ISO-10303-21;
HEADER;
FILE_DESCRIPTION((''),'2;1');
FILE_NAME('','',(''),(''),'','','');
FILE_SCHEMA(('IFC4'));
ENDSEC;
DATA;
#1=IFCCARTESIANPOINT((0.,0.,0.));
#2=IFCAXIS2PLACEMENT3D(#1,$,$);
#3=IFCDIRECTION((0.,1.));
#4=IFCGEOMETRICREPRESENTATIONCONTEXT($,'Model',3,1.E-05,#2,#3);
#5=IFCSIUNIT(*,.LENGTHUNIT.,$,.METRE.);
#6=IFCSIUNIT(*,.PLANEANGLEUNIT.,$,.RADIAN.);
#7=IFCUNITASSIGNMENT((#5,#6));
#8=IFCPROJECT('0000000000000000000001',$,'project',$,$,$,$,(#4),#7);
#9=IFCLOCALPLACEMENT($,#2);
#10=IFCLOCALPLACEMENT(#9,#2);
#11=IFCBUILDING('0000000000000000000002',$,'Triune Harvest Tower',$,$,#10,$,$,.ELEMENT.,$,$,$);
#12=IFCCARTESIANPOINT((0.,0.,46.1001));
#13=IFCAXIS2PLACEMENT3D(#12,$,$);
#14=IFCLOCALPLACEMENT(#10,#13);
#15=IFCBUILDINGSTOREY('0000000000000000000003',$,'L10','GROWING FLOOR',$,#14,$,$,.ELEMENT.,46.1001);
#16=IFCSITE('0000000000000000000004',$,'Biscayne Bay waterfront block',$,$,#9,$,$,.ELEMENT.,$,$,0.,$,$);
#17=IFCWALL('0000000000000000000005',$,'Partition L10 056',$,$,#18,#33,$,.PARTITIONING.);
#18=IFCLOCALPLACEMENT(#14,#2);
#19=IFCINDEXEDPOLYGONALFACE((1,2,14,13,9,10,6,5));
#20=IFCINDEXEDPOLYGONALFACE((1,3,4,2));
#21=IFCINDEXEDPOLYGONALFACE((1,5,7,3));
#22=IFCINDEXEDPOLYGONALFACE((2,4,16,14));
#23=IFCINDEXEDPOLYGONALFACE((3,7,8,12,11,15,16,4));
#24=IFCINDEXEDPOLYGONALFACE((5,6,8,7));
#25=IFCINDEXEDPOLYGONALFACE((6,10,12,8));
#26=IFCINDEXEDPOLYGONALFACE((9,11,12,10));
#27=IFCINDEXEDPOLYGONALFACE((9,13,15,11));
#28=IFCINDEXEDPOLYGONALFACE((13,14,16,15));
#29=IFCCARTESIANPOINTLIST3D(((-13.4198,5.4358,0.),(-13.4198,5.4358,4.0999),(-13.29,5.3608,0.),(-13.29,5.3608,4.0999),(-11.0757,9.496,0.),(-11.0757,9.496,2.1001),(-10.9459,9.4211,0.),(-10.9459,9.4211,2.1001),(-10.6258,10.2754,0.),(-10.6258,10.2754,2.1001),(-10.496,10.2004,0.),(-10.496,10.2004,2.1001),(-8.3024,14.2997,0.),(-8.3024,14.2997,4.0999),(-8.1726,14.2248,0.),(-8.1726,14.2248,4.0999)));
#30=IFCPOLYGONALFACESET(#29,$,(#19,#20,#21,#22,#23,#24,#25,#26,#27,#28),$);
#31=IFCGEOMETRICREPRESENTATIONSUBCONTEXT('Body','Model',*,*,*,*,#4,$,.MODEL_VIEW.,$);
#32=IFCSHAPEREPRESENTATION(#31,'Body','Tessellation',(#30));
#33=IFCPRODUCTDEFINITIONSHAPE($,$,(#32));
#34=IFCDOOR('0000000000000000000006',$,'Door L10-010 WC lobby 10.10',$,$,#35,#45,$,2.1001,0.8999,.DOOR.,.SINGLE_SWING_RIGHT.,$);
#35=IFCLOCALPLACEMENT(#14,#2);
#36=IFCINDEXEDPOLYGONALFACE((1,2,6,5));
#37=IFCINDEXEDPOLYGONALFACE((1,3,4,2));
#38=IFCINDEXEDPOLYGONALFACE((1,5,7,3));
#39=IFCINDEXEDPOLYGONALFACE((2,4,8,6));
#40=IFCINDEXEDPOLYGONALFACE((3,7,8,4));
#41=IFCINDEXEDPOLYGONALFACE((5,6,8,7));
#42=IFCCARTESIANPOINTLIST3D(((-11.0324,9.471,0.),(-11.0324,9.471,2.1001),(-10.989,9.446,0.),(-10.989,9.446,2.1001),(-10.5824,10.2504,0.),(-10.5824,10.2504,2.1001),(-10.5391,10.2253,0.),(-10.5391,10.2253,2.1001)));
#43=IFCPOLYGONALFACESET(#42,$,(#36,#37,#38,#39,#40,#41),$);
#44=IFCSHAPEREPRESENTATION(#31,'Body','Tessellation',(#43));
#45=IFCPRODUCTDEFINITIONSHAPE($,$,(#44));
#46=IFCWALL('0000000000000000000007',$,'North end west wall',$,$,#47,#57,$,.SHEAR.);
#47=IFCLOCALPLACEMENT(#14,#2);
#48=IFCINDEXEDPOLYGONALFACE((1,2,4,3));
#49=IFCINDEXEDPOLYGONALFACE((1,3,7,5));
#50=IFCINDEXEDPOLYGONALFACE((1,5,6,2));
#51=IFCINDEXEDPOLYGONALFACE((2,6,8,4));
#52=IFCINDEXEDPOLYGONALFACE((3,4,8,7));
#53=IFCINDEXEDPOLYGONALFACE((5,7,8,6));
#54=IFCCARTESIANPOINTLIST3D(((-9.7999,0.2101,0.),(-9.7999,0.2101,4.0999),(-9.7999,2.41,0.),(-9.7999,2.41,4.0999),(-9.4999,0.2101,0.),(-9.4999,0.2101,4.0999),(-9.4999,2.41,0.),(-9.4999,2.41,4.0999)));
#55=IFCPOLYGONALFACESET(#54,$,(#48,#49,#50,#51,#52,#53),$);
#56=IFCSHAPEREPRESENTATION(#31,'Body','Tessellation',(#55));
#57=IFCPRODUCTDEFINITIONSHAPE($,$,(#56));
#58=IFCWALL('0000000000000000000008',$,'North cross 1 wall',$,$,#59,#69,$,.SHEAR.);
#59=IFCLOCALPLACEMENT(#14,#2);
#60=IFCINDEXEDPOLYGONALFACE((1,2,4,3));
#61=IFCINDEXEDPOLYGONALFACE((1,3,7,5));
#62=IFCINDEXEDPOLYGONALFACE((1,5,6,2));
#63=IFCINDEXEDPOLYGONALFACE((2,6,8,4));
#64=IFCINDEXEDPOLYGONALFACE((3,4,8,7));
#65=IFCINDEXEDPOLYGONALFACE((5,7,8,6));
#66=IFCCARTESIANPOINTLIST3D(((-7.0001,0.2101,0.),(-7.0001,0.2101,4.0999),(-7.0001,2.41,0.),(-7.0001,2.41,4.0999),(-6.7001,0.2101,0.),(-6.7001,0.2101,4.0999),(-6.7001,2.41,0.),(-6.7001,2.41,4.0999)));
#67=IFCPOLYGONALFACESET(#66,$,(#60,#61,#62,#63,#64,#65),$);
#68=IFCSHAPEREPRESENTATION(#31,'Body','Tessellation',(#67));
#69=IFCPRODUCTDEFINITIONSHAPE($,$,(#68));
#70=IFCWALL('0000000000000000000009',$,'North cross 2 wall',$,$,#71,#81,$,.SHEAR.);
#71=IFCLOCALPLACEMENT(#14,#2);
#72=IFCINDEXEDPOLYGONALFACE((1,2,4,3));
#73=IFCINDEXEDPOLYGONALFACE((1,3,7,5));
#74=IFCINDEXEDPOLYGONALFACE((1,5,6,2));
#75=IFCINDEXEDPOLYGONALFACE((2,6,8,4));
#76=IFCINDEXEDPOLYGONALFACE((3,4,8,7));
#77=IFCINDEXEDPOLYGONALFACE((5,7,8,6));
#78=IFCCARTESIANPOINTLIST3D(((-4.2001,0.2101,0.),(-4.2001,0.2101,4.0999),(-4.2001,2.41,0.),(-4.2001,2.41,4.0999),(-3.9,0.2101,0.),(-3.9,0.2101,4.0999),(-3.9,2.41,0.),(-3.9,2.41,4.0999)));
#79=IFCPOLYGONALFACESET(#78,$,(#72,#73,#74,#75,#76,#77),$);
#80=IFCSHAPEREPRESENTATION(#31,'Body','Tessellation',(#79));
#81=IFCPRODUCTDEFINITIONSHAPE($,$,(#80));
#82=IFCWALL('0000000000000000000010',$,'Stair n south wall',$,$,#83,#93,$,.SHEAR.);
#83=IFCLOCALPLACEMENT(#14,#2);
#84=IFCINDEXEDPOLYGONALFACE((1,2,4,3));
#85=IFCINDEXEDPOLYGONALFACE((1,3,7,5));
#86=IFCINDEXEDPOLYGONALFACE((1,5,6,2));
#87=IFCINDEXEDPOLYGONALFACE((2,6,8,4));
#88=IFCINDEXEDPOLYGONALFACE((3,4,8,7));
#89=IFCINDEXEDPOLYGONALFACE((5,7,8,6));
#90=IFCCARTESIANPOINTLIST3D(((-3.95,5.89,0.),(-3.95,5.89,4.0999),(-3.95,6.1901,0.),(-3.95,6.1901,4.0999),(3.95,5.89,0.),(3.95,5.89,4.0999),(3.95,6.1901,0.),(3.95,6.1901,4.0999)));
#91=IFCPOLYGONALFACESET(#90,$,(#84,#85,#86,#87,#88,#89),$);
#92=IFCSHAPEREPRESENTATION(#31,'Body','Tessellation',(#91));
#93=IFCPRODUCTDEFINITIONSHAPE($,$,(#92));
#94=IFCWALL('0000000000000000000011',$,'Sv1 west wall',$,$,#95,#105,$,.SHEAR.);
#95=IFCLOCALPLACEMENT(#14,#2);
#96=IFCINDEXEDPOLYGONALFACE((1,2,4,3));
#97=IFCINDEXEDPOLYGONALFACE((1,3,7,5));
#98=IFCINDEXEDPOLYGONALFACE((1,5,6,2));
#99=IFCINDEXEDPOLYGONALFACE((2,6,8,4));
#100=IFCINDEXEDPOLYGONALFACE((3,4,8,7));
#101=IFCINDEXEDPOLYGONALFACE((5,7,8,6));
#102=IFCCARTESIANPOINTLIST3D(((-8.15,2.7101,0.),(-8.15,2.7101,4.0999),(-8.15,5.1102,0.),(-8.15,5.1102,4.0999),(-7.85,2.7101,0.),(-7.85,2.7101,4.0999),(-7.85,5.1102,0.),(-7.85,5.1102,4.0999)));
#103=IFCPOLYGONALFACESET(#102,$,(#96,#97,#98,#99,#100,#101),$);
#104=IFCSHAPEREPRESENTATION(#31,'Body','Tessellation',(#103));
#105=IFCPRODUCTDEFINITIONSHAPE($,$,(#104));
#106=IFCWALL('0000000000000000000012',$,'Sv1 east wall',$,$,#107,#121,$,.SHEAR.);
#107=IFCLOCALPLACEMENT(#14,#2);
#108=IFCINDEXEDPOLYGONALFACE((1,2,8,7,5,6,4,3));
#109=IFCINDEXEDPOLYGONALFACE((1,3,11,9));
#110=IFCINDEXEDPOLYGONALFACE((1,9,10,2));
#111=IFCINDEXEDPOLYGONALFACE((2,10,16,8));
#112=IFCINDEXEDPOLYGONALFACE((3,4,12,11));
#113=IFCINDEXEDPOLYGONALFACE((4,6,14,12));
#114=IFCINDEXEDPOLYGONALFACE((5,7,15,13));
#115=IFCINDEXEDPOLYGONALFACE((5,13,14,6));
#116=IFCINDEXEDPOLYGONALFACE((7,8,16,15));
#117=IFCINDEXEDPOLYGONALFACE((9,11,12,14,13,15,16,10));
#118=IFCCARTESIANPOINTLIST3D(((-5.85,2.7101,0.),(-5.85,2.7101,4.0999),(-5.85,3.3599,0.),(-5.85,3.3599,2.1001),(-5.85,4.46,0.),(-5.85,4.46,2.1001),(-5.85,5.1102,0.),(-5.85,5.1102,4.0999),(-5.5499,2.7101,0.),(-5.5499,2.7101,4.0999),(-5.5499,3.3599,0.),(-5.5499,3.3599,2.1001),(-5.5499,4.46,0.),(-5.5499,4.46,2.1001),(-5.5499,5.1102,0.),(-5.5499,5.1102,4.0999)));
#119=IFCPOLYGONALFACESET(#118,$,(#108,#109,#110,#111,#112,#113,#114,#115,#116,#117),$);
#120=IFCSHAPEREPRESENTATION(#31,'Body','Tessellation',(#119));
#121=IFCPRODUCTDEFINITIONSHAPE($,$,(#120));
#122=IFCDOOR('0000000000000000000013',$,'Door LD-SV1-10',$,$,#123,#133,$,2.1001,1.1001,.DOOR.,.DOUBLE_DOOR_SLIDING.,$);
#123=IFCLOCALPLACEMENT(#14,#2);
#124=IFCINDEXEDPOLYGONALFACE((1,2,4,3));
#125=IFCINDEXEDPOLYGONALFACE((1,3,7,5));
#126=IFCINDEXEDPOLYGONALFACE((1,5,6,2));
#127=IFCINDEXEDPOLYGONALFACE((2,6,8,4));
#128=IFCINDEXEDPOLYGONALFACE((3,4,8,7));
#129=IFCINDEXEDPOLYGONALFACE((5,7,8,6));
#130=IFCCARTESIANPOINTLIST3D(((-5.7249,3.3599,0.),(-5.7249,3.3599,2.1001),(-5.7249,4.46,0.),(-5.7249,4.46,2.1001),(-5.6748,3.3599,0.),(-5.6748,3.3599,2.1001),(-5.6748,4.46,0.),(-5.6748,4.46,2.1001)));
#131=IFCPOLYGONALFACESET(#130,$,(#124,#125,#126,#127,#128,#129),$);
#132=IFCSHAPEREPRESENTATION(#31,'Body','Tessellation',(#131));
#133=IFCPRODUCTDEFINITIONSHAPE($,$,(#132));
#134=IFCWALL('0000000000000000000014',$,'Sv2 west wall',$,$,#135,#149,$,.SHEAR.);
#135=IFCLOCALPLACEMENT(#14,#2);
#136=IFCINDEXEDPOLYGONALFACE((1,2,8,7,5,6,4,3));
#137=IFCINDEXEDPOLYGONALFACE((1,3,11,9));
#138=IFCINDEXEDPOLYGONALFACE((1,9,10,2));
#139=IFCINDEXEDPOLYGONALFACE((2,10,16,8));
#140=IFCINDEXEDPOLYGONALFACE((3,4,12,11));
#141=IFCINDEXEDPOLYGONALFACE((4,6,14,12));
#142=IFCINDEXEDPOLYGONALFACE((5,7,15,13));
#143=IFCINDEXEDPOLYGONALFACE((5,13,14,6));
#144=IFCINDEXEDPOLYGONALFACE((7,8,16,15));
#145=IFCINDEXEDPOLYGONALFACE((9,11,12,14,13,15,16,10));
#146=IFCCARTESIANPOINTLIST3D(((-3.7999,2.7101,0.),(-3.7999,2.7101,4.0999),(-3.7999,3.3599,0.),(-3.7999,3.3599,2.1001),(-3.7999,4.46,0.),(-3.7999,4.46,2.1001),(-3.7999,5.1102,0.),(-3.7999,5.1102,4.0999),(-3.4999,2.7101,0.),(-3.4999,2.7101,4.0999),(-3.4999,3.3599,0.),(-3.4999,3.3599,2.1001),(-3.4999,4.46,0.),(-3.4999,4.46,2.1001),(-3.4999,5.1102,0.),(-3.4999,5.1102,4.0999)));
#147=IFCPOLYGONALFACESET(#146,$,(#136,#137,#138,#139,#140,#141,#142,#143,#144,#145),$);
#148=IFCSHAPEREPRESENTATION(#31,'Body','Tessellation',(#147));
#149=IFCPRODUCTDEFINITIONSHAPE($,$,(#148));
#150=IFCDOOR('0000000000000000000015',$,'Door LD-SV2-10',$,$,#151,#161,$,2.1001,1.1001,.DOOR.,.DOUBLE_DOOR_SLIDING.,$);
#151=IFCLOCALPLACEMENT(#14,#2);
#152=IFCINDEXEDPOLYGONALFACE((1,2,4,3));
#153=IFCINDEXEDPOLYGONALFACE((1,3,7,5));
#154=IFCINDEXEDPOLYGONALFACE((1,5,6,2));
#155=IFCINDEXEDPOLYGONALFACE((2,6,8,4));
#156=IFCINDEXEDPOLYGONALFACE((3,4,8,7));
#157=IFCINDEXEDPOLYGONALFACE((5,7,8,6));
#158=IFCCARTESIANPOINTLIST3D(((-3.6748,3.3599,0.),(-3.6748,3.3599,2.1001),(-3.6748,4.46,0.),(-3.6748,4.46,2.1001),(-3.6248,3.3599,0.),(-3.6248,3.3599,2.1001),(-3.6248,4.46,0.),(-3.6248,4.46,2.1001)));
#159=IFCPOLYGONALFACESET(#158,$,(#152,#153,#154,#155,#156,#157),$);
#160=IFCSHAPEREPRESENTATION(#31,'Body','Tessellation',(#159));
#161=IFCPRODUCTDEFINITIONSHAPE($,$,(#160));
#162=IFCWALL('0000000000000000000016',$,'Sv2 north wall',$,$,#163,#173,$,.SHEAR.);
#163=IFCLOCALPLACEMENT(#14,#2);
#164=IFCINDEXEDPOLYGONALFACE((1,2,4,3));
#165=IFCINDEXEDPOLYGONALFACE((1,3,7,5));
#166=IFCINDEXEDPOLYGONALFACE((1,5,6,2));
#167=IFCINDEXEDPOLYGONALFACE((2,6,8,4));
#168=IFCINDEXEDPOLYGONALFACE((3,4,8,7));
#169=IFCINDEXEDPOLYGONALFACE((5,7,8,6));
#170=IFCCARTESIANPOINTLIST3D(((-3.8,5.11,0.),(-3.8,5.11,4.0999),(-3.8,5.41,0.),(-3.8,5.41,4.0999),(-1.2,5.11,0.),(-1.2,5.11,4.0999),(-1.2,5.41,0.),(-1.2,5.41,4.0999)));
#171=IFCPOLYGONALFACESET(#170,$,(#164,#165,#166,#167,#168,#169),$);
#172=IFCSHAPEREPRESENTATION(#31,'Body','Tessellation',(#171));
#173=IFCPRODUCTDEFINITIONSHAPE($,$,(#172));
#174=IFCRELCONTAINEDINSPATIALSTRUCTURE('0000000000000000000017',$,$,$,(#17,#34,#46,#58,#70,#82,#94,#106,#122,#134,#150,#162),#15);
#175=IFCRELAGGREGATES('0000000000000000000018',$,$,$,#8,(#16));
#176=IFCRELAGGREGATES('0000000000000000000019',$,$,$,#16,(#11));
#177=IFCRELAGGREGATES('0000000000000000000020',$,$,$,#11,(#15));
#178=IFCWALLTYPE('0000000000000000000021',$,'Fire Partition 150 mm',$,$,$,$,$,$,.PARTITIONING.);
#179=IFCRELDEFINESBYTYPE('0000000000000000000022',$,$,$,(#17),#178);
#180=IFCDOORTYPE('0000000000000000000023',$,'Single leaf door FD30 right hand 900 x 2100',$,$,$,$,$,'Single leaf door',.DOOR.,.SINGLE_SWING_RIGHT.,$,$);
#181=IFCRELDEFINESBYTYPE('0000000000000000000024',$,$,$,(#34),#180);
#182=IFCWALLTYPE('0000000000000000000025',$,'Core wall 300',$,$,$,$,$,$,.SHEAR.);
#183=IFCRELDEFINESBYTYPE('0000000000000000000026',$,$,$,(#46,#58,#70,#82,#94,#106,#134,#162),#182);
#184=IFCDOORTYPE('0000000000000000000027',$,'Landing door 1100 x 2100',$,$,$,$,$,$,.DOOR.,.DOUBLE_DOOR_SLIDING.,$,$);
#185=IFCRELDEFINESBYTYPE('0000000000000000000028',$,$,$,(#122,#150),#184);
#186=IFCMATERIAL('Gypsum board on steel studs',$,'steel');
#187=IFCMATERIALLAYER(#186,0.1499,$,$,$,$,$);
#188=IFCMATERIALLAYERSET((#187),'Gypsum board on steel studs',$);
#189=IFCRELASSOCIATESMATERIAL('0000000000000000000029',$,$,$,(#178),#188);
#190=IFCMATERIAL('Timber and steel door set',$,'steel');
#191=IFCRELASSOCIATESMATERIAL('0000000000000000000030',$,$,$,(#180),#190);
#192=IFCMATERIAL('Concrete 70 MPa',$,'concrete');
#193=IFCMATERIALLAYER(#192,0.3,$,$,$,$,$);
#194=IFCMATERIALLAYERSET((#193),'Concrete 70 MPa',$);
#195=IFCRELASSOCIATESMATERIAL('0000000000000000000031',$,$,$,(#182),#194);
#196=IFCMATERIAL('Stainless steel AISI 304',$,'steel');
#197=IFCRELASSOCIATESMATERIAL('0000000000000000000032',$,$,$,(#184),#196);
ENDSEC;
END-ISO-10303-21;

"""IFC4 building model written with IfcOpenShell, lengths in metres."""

from ifc_helpers import new_model, si_unit, direction, frame, frame_2d, origin, place, context, subcontext, project, spatial, rectangle, extrude, source, transform, mapped, material, layer, layer_set, type_object, element, fill, save


model = new_model("IFC4")

# Units and contexts
model_context = context("Model", 3, precision=1e-05, world=origin(), true_north=direction((0.0, 1.0)))
body_context = subcontext(model_context, "Body", "Model", "MODEL_VIEW")
ifc_project = project(units=[si_unit("LENGTHUNIT", "METRE"), si_unit("PLANEANGLEUNIT", "RADIAN")], contexts=[model_context])

# Site, building, storey
site_placement = place(None, origin())
site = spatial("IfcSite", under=ifc_project, at=site_placement, Name="Biscayne Bay waterfront block", CompositionType="ELEMENT", RefElevation=0.0)
building_placement = place(site_placement, origin())
building = spatial("IfcBuilding", under=site, at=building_placement, Name="Triune Harvest Tower", CompositionType="ELEMENT")
storey_placement = place(building_placement, frame((0.0, 0.0, 46.1001)))
storey = spatial("IfcBuildingStorey", under=building, at=storey_placement, Name="L10", Description="GROWING FLOOR", CompositionType="ELEMENT", Elevation=46.1001)

# Wall, opening, door
ifc_material_1 = material(Name="Gypsum board on steel studs", Category="steel")
ifc_layer_1 = layer(ifc_material_1, 0.1499)
ifc_layer_set_1 = layer_set([ifc_layer_1], Name="Gypsum board on steel studs")
wall_type_1 = type_object("IfcWallType", Name="Fire Partition 150 mm", PredefinedType="PARTITIONING", material=ifc_layer_set_1)
wall_1_placement = place(storey_placement, frame((-13.355, 5.3982, 0.0), z_axis=(0.0, 0.0, 1.0), x_axis=(0.499985, 0.866034, 0.0)))
wall_1 = element("IfcWall", 1, at=wall_1_placement, inside=storey, type_object=wall_type_1, Name="Partition L10 056", PredefinedType="PARTITIONING", context=body_context, shape_type="SweptSolid", body=[
    extrude(rectangle(XDim=10.2351, YDim=0.1499, at=frame_2d((5.1177, 0.0))), origin(), (0.0, 0.0, 1.0), 4.0999),
])
opening_1_placement = place(wall_1_placement, frame((4.6885, 0.0, 0.0)))
opening_1 = element("IfcOpeningElement", 2, at=opening_1_placement, cuts=wall_1, PredefinedType="OPENING", context=body_context, shape_type="SweptSolid", body=[
    extrude(rectangle(XDim=0.8999, YDim=2.1001, at=frame_2d((0.45, 1.05))), frame((0.0, 0.085, 0.0), z_axis=(0.0, -1.0, 0.0), x_axis=(1.0, 0.0, 0.0)), (0.0, 0.0, 1.0), 0.1699),
])
ifc_material_2 = material(Name="Timber and steel door set", Category="steel")
door_type_1 = type_object("IfcDoorType", Name="Single leaf door FD30 right hand 900 x 2100", ElementType="Single leaf door", OperationType="SINGLE_SWING_RIGHT", PredefinedType="DOOR", material=ifc_material_2)
door_1_placement = place(opening_1_placement, origin())
door_1 = element("IfcDoor", 3, at=door_1_placement, inside=storey, type_object=door_type_1, Name="Door L10-010 WC lobby 10.10", OperationType="SINGLE_SWING_RIGHT", OverallHeight=2.1001, OverallWidth=0.8999, PredefinedType="DOOR", context=body_context, shape_type="SweptSolid", body=[
    extrude(rectangle(XDim=0.8999, YDim=2.1001, at=frame_2d((0.45, 1.05))), frame((0.0, 0.0249, 0.0), z_axis=(0.0, -1.0, 0.0), x_axis=(1.0, 0.0, 0.0)), (0.0, 0.0, 1.0), 0.05),
])
fill(opening_1, door_1)

# Walls
ifc_material_3 = material(Name="Concrete 70 MPa", Category="concrete")
ifc_layer_2 = layer(ifc_material_3, 0.3)
ifc_layer_set_2 = layer_set([ifc_layer_2], Name="Concrete 70 MPa")
wall_type_2 = type_object("IfcWallType", Name="Core wall 300", PredefinedType="SHEAR", material=ifc_layer_set_2)
shared_shape_1 = source(origin(), body_context, "Body", "SweptSolid", [
    extrude(rectangle(XDim=2.2, YDim=0.3, at=frame_2d((1.1001, 0.0))), origin(), (0.0, 0.0, 1.0), 4.0999),
])
for number, where, z_axis, x_axis, name in (
    (4, (-9.6499, 0.21, 0.0), (0.0, 0.0, 1.0), (0.0, 1.0, 0.0), "North end west wall"),
    (5, (-6.8501, 0.21, 0.0), (0.0, 0.0, 1.0), (0.0, 1.0, 0.0), "North cross 1 wall"),
    (6, (-4.05, 0.21, 0.0), (0.0, 0.0, 1.0), (0.0, 1.0, 0.0), "North cross 2 wall"),
):
    element("IfcWall", number, at=place(storey_placement, frame(where, z_axis=z_axis, x_axis=x_axis)), inside=storey, type_object=wall_type_2, Name=name, PredefinedType="SHEAR", context=body_context, shape_type="MappedRepresentation", body=[
        mapped(shared_shape_1, transform((0.0, 0.0, 0.0), scale=1.0)),
    ])
shared_shape_2 = source(origin(), body_context, "Body", "SweptSolid", [
    extrude(rectangle(XDim=7.8999, YDim=0.3, at=frame_2d((3.95, 0.0))), origin(), (0.0, 0.0, 1.0), 4.0999),
])
wall_2_placement = place(storey_placement, frame((-3.95, 6.04, 0.0), z_axis=(0.0, 0.0, 1.0), x_axis=(1.0, 0.0, 0.0)))
element("IfcWall", 7, at=wall_2_placement, inside=storey, type_object=wall_type_2, Name="Stair n south wall", PredefinedType="SHEAR", context=body_context, shape_type="MappedRepresentation", body=[
    mapped(shared_shape_2, transform((0.0, 0.0, 0.0), scale=1.0)),
])
shared_shape_3 = source(origin(), body_context, "Body", "SweptSolid", [
    extrude(rectangle(XDim=2.4001, YDim=0.3, at=frame_2d((1.2002, 0.0))), origin(), (0.0, 0.0, 1.0), 4.0999),
])
wall_3_placement = place(storey_placement, frame((-8.0, 2.71, 0.0), z_axis=(0.0, 0.0, 1.0), x_axis=(0.0, 1.0, 0.0)))
element("IfcWall", 8, at=wall_3_placement, inside=storey, type_object=wall_type_2, Name="Sv1 west wall", PredefinedType="SHEAR", context=body_context, shape_type="MappedRepresentation", body=[
    mapped(shared_shape_3, transform((0.0, 0.0, 0.0), scale=1.0)),
])

# Walls, openings, doors
wall_4_placement = place(storey_placement, frame((-5.7, 2.71, 0.0), z_axis=(0.0, 0.0, 1.0), x_axis=(0.0, 1.0, 0.0)))
wall_4 = element("IfcWall", 9, at=wall_4_placement, inside=storey, type_object=wall_type_2, Name="Sv1 east wall", PredefinedType="SHEAR", context=body_context, shape_type="MappedRepresentation", body=[
    mapped(shared_shape_3, transform((0.0, 0.0, 0.0), scale=1.0)),
])
opening_2_placement = place(wall_4_placement, frame((0.6499, 0.0, 0.0)))
opening_2 = element("IfcOpeningElement", 10, at=opening_2_placement, cuts=wall_4, PredefinedType="OPENING", context=body_context, shape_type="SweptSolid", body=[
    extrude(rectangle(XDim=1.1001, YDim=2.1001, at=frame_2d((0.55, 1.05))), frame((0.0, 0.1602, 0.0), z_axis=(0.0, -1.0, 0.0), x_axis=(1.0, 0.0, 0.0)), (0.0, 0.0, 1.0), 0.3201),
])
ifc_material_4 = material(Name="Stainless steel AISI 304", Category="steel")
door_type_2 = type_object("IfcDoorType", Name="Landing door 1100 x 2100", OperationType="DOUBLE_DOOR_SLIDING", PredefinedType="DOOR", material=ifc_material_4)
door_2_placement = place(opening_2_placement, origin())
door_2 = element("IfcDoor", 11, at=door_2_placement, inside=storey, type_object=door_type_2, Name="Door LD-SV1-10", OperationType="DOUBLE_DOOR_SLIDING", OverallHeight=2.1001, OverallWidth=1.1001, PredefinedType="DOOR", context=body_context, shape_type="SweptSolid", body=[
    extrude(rectangle(XDim=1.1001, YDim=2.1001, at=frame_2d((0.55, 1.05))), frame((0.0, 0.0249, 0.0), z_axis=(0.0, -1.0, 0.0), x_axis=(1.0, 0.0, 0.0)), (0.0, 0.0, 1.0), 0.05),
])
fill(opening_2, door_2)
wall_5_placement = place(storey_placement, frame((-3.6499, 2.71, 0.0), z_axis=(0.0, 0.0, 1.0), x_axis=(0.0, 1.0, 0.0)))
wall_5 = element("IfcWall", 12, at=wall_5_placement, inside=storey, type_object=wall_type_2, Name="Sv2 west wall", PredefinedType="SHEAR", context=body_context, shape_type="MappedRepresentation", body=[
    mapped(shared_shape_3, transform((0.0, 0.0, 0.0), scale=1.0)),
])
opening_3_placement = place(wall_5_placement, frame((0.6499, 0.0, 0.0)))
opening_3 = element("IfcOpeningElement", 13, at=opening_3_placement, cuts=wall_5, PredefinedType="OPENING", context=body_context, shape_type="SweptSolid", body=[
    extrude(rectangle(XDim=1.1001, YDim=2.1001, at=frame_2d((0.55, 1.05))), frame((0.0, 0.1602, 0.0), z_axis=(0.0, -1.0, 0.0), x_axis=(1.0, 0.0, 0.0)), (0.0, 0.0, 1.0), 0.3201),
])
door_3_placement = place(opening_3_placement, origin())
door_3 = element("IfcDoor", 14, at=door_3_placement, inside=storey, type_object=door_type_2, Name="Door LD-SV2-10", OperationType="DOUBLE_DOOR_SLIDING", OverallHeight=2.1001, OverallWidth=1.1001, PredefinedType="DOOR", context=body_context, shape_type="SweptSolid", body=[
    extrude(rectangle(XDim=1.1001, YDim=2.1001, at=frame_2d((0.55, 1.05))), frame((0.0, 0.0249, 0.0), z_axis=(0.0, -1.0, 0.0), x_axis=(1.0, 0.0, 0.0)), (0.0, 0.0, 1.0), 0.05),
])
fill(opening_3, door_3)

# Wall
shared_shape_4 = source(origin(), body_context, "Body", "SweptSolid", [
    extrude(rectangle(XDim=2.6001, YDim=0.3, at=frame_2d((1.3, 0.0))), origin(), (0.0, 0.0, 1.0), 4.0999),
])
wall_6_placement = place(storey_placement, frame((-3.8, 5.26, 0.0), z_axis=(0.0, 0.0, 1.0), x_axis=(1.0, 0.0, 0.0)))
element("IfcWall", 15, at=wall_6_placement, inside=storey, type_object=wall_type_2, Name="Sv2 north wall", PredefinedType="SHEAR", context=body_context, shape_type="MappedRepresentation", body=[
    mapped(shared_shape_4, transform((0.0, 0.0, 0.0), scale=1.0)),
])

save(model, "model.ifc")
